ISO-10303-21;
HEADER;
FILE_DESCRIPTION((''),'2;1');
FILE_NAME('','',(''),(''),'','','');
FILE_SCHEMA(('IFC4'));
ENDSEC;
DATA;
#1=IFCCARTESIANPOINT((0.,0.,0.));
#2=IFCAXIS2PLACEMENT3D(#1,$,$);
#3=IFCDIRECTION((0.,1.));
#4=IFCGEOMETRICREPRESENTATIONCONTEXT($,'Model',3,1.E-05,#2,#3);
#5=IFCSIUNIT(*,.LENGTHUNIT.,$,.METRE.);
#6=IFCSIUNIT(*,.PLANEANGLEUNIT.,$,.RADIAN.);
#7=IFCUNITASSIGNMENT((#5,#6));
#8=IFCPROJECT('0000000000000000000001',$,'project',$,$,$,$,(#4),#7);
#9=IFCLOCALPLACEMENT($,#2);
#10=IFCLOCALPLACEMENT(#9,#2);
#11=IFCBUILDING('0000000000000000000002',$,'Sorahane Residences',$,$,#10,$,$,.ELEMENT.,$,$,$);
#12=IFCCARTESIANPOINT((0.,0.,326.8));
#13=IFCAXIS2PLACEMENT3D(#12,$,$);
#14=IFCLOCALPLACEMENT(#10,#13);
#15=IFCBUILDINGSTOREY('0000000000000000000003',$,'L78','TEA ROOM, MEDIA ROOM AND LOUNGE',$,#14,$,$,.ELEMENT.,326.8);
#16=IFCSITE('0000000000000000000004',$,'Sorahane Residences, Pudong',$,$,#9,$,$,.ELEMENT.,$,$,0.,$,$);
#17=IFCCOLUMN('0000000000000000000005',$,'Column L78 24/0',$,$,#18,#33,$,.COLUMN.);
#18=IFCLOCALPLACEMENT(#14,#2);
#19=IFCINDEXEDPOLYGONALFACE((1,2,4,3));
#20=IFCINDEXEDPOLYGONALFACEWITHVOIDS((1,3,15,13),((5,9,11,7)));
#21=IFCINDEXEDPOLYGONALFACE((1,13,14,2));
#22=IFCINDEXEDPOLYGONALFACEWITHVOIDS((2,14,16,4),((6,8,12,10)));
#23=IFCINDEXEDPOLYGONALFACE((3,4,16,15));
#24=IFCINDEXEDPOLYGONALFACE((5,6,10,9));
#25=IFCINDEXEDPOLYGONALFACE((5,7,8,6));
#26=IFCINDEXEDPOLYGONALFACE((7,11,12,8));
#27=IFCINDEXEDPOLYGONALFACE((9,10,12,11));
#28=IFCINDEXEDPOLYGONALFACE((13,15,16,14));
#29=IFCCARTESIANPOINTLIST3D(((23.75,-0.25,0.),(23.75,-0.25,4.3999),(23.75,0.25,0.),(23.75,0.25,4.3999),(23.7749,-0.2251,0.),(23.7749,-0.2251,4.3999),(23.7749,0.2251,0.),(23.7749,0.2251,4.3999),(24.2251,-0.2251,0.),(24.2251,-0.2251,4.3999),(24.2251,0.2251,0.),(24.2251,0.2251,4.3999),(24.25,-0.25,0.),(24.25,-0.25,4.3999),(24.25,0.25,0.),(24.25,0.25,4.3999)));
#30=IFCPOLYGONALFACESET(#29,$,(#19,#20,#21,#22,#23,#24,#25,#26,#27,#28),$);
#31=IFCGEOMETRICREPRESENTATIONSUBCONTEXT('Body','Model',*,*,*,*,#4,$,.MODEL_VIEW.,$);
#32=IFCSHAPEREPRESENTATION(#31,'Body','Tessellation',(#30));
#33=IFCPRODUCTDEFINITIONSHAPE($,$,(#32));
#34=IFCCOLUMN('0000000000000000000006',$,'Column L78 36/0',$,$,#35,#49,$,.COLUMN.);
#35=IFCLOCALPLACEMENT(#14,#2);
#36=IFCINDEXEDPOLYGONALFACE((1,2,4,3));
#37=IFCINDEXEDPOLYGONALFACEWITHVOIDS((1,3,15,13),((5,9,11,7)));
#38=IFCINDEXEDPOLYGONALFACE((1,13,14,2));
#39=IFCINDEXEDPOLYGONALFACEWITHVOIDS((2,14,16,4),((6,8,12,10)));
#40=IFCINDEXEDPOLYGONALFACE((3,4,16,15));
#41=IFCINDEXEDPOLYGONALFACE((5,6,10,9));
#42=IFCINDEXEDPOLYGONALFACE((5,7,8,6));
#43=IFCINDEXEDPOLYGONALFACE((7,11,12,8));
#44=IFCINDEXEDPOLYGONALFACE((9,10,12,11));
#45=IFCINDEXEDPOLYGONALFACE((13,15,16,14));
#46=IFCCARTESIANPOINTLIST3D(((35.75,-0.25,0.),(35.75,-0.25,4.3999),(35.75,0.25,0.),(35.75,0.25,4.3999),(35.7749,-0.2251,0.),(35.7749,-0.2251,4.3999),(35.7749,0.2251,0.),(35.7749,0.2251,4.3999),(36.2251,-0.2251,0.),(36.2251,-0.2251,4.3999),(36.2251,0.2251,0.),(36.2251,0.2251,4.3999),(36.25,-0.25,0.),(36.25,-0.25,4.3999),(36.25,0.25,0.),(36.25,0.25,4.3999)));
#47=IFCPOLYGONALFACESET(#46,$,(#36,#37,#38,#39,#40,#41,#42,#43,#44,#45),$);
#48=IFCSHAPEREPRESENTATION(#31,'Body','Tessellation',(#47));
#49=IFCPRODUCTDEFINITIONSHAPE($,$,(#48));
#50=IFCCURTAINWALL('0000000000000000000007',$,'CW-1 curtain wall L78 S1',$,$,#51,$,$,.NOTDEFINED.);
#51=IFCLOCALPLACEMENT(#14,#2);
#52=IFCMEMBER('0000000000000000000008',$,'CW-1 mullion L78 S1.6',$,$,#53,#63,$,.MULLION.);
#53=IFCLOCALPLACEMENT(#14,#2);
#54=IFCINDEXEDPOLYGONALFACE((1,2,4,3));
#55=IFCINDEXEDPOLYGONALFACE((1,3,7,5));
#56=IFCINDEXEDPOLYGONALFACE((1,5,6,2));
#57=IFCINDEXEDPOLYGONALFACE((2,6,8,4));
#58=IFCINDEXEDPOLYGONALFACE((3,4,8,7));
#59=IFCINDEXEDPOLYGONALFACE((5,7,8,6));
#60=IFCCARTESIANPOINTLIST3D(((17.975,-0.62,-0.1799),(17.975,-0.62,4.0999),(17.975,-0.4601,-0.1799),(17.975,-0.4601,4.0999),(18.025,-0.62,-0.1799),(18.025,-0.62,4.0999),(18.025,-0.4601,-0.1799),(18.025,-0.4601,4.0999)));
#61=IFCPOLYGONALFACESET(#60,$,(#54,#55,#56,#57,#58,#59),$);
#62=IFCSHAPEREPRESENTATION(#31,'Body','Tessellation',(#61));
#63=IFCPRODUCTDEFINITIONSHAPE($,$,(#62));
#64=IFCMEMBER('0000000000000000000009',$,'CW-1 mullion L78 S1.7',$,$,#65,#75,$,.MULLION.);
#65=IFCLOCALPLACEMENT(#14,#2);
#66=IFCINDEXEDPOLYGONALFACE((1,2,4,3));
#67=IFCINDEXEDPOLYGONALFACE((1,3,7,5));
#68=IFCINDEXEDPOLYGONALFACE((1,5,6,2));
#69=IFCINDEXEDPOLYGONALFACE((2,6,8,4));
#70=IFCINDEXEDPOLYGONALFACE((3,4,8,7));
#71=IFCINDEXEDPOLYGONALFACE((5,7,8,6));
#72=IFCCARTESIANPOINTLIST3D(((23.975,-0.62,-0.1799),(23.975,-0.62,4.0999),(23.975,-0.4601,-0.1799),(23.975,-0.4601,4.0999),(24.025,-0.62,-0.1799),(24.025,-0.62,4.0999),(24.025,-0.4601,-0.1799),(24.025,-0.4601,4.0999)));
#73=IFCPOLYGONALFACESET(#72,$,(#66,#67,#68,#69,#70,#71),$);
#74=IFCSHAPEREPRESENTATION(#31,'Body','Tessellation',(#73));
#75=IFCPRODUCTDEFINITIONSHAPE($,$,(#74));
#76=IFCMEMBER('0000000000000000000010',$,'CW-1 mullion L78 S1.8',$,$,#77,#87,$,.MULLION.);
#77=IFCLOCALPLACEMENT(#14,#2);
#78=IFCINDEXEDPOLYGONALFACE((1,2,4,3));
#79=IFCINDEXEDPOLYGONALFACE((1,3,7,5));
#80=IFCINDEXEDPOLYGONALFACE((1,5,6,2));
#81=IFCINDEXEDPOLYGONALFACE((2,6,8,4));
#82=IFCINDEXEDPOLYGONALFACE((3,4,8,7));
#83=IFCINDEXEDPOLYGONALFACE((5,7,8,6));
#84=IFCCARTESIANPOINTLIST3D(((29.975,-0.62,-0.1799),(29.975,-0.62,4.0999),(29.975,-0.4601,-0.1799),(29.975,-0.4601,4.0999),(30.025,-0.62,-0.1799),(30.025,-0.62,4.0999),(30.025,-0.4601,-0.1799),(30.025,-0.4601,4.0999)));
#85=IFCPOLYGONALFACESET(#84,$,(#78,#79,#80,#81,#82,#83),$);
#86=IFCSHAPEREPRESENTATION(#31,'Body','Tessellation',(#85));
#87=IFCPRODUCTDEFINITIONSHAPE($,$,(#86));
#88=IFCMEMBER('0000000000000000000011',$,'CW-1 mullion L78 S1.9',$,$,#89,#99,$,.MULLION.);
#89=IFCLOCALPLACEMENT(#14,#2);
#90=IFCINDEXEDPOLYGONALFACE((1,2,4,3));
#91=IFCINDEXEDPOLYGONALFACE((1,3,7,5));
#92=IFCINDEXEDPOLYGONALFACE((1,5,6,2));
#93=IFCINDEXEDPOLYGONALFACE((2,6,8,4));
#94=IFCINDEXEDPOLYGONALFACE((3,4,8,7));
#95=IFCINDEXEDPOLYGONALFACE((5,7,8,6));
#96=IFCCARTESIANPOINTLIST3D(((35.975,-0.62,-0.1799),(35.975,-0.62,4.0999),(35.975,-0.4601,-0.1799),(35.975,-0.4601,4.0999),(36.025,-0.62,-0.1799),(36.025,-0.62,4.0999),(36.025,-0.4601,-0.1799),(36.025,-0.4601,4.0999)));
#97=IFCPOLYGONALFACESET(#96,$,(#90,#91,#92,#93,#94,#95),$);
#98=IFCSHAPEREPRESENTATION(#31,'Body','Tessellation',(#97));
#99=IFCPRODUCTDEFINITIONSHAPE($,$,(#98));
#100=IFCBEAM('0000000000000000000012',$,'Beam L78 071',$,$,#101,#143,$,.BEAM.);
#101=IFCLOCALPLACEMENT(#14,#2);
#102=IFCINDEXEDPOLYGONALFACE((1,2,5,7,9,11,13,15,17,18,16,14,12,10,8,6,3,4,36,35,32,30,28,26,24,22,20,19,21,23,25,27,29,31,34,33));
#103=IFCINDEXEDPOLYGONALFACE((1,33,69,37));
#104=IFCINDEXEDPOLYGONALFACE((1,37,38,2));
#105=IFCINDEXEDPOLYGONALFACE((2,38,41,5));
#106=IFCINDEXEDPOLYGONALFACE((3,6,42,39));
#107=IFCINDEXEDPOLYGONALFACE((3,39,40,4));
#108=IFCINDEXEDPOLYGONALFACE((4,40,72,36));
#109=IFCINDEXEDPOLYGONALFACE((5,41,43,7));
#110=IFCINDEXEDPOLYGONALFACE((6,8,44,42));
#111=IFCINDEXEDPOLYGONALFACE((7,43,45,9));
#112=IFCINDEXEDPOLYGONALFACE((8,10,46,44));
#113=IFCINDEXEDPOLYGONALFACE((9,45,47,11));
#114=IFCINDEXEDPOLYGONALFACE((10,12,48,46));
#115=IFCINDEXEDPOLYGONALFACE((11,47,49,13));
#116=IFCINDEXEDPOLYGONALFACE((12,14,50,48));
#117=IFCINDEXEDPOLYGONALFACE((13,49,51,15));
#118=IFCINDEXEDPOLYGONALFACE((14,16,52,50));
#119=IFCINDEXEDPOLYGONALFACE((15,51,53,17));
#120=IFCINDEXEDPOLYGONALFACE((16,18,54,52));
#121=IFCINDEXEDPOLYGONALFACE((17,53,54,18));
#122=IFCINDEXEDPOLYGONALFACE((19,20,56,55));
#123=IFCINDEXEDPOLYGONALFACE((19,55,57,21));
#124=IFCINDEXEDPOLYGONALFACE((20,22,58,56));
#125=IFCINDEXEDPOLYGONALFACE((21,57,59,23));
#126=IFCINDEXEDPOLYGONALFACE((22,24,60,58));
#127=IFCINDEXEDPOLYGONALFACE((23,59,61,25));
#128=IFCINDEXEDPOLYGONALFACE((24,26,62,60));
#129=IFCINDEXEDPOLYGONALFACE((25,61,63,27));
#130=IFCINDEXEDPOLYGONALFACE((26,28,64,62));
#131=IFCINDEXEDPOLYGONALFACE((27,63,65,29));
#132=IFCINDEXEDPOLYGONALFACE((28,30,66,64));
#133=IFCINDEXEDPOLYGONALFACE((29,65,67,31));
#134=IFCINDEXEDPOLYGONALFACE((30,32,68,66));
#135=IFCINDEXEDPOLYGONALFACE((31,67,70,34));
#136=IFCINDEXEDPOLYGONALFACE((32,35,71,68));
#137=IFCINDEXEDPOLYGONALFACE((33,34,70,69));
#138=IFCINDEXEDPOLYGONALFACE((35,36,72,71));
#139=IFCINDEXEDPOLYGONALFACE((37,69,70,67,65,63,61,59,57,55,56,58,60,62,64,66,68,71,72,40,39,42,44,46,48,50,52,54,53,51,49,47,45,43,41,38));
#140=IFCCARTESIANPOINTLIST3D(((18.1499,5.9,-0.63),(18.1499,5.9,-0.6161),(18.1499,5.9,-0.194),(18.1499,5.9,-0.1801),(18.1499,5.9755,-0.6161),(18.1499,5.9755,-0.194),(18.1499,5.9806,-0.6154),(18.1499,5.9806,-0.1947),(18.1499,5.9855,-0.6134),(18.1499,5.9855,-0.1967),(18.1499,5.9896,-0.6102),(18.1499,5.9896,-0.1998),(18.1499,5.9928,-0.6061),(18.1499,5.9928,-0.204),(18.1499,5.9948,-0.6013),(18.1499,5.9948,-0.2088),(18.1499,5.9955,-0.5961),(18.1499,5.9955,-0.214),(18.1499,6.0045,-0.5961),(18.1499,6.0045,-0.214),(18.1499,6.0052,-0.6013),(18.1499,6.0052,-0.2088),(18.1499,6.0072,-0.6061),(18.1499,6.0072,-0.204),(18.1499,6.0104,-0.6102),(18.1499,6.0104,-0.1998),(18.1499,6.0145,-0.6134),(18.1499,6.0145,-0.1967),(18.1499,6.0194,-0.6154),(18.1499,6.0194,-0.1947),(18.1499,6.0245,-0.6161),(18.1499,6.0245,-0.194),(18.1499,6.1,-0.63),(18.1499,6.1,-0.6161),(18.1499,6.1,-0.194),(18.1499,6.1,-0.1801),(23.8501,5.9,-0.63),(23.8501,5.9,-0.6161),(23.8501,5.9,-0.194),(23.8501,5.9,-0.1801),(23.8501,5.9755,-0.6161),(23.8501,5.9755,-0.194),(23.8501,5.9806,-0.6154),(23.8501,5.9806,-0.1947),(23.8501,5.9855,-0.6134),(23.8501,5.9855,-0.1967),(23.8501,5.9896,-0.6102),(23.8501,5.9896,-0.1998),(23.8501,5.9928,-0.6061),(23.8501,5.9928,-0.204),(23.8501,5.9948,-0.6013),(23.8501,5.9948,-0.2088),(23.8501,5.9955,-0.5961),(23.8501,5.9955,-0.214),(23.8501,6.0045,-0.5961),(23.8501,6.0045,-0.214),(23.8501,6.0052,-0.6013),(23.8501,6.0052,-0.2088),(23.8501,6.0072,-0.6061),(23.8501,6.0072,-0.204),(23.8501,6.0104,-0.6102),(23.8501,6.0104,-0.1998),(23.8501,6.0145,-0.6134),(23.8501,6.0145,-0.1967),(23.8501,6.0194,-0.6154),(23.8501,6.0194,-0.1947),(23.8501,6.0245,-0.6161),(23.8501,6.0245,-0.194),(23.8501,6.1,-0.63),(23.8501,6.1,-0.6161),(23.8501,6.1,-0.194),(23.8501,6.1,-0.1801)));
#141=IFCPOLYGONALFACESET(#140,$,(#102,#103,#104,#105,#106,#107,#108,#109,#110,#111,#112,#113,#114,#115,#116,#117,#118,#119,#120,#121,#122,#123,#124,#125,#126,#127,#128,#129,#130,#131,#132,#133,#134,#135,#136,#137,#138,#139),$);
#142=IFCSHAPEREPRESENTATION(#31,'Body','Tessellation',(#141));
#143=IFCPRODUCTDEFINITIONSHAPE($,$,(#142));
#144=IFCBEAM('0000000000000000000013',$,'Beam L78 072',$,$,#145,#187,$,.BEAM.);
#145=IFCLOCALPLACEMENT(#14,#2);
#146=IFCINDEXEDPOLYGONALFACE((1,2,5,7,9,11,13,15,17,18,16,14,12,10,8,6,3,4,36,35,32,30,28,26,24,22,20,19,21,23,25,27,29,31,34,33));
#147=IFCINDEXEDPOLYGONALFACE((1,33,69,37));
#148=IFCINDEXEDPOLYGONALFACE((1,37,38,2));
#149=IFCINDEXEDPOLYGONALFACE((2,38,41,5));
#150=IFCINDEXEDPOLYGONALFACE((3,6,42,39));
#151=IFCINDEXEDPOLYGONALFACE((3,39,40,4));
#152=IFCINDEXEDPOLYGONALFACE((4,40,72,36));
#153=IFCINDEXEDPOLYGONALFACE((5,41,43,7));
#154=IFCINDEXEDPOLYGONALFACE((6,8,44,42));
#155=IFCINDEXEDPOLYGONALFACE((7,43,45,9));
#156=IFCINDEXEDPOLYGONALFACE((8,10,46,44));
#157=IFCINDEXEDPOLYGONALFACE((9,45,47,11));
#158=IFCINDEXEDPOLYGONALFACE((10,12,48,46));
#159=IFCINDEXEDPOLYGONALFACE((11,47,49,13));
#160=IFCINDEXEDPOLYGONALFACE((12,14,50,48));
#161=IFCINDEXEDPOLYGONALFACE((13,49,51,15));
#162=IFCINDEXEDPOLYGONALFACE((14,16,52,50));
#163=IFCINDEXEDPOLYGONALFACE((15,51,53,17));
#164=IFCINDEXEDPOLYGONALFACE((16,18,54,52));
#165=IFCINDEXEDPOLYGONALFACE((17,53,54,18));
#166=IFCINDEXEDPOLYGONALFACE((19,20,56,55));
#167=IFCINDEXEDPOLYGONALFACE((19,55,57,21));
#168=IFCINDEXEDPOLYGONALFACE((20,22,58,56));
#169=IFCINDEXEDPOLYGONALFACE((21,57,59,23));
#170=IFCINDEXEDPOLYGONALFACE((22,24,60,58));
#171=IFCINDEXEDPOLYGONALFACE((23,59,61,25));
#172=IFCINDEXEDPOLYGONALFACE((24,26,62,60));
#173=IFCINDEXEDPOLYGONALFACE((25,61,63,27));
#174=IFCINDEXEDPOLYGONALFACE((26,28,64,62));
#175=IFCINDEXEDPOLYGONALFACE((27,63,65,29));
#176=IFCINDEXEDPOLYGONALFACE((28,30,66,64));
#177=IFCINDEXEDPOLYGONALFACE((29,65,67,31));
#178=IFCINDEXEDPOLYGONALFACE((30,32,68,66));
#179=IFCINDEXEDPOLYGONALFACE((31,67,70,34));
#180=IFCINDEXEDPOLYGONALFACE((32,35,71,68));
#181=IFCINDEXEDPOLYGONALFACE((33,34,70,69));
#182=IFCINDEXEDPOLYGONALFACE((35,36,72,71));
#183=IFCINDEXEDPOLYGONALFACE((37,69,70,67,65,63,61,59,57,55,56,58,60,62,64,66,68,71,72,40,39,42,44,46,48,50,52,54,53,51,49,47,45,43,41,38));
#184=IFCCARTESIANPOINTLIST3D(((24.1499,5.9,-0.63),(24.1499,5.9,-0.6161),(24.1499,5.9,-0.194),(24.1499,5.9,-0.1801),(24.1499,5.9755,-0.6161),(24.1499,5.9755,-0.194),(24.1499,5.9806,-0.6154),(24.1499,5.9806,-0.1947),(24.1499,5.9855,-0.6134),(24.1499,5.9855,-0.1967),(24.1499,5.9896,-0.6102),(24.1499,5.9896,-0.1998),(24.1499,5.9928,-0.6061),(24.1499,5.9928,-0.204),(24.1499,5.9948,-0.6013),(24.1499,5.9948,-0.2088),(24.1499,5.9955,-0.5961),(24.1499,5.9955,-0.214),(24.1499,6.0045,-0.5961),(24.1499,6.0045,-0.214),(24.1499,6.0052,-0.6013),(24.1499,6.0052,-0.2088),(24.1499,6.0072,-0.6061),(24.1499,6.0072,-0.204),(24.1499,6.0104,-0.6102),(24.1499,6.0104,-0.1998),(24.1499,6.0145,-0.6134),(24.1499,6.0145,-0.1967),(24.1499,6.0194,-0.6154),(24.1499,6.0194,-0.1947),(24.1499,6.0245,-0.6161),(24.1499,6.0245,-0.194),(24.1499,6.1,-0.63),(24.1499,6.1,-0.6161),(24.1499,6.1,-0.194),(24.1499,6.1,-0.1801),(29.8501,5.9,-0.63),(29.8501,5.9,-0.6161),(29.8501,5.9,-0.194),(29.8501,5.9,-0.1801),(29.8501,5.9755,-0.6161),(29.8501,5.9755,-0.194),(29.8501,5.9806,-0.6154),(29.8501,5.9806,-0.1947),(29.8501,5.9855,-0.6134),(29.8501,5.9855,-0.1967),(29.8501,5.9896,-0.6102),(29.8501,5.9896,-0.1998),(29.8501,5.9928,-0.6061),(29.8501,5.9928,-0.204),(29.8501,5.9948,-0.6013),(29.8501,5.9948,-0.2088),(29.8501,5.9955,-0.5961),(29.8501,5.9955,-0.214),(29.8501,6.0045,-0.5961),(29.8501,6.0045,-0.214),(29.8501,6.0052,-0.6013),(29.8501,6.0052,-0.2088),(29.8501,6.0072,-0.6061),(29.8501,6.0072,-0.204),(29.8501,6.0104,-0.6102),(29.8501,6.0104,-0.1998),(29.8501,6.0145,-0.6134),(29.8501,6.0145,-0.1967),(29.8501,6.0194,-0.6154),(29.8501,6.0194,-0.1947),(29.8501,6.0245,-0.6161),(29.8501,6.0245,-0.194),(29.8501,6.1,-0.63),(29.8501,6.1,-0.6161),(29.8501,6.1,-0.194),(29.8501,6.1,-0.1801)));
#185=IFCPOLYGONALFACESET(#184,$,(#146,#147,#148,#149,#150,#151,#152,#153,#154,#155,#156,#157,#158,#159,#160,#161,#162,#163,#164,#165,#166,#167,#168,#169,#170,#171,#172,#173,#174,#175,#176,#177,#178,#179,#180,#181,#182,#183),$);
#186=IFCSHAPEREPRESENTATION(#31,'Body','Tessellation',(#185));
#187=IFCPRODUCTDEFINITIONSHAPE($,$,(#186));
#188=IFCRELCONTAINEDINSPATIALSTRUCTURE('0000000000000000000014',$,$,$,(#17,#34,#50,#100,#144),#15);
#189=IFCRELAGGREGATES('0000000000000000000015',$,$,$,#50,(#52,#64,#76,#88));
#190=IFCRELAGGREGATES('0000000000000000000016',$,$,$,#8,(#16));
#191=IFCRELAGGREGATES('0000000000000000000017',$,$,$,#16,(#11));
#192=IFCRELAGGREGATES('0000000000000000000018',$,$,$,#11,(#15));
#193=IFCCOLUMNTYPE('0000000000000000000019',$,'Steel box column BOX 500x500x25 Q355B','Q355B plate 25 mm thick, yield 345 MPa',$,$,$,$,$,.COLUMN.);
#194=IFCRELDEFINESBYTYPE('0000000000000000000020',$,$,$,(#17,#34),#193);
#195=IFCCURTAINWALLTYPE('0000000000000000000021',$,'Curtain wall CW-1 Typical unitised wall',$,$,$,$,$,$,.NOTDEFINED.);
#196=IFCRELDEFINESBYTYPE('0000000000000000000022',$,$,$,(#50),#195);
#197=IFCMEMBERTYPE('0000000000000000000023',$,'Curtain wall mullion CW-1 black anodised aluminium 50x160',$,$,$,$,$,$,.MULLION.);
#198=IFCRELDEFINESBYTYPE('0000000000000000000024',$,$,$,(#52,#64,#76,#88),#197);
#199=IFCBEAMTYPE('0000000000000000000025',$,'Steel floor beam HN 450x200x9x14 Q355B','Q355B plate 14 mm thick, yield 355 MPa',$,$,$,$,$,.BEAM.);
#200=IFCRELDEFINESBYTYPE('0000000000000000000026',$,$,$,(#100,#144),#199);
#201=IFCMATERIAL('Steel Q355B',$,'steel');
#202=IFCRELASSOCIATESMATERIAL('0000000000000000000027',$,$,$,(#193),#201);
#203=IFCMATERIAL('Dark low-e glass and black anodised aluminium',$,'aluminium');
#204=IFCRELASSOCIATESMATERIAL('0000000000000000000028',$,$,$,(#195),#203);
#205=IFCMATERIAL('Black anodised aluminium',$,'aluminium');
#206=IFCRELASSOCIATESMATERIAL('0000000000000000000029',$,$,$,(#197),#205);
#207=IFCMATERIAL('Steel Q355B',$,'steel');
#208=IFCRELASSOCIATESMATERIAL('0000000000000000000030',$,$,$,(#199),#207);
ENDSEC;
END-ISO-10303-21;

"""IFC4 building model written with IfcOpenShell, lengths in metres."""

from ifc_helpers import new_model, si_unit, direction, frame, origin, origin_2d, place, context, subcontext, project, spatial, rectangle, hollow_rectangle, i_section, extrude, material, material_profile, profile_set, type_object, element, aggregate, save


model = new_model("IFC4")

# Units and contexts
model_context = context("Model", 3, precision=1e-05, world=origin(), true_north=direction((0.0, 1.0)))
body_context = subcontext(model_context, "Body", "Model", "MODEL_VIEW")
ifc_project = project(units=[si_unit("LENGTHUNIT", "METRE"), si_unit("PLANEANGLEUNIT", "RADIAN")], contexts=[model_context])

# Site, building, storey
site_placement = place(None, origin())
site = spatial("IfcSite", under=ifc_project, at=site_placement, Name="Sorahane Residences, Pudong", CompositionType="ELEMENT", RefElevation=0.0)
building_placement = place(site_placement, origin())
building = spatial("IfcBuilding", under=site, at=building_placement, Name="Sorahane Residences", CompositionType="ELEMENT")
storey_placement = place(building_placement, frame((0.0, 0.0, 326.8)))
storey = spatial("IfcBuildingStorey", under=building, at=storey_placement, Name="L78", Description="TEA ROOM, MEDIA ROOM AND LOUNGE", CompositionType="ELEMENT", Elevation=326.8)

# Columns
ifc_material_1 = material(Name="Steel Q355B", Category="steel")
ifc_material_profile_1 = material_profile(ifc_material_1, hollow_rectangle(XDim=0.5, YDim=0.5, WallThickness=0.0249, at=origin_2d()), Name="BOX 500x500x25")
ifc_profile_set_1 = profile_set([ifc_material_profile_1], Name="Steel Q355B")
column_type = type_object("IfcColumnType", Name="Steel box column BOX 500x500x25 Q355B", Description="Q355B plate 25 mm thick, yield 345 MPa", PredefinedType="COLUMN", material=ifc_profile_set_1)
for number, where, z_axis, x_axis, name in (
    (1, (24.0, 0.0, 0.0), (0.0, 0.0, 1.0), (1.0, 0.0, 0.0), "Column L78 24/0"),
    (2, (36.0, 0.0, 0.0), (0.0, 0.0, 1.0), (1.0, 0.0, 0.0), "Column L78 36/0"),
):
    element("IfcColumn", number, at=place(storey_placement, frame(where, z_axis=z_axis, x_axis=x_axis)), inside=storey, type_object=column_type, Name=name, PredefinedType="COLUMN", context=body_context, shape_type="SweptSolid", body=[
        extrude(hollow_rectangle(XDim=0.5, YDim=0.5, WallThickness=0.0249, at=origin_2d()), origin(), (0.0, 0.0, 1.0), 4.3999),
    ])

# Curtain wall, members
ifc_material_2 = material(Name="Dark low-e glass and black anodised aluminium", Category="aluminium")
curtain_wall_type = type_object("IfcCurtainWallType", Name="Curtain wall CW-1 Typical unitised wall", PredefinedType="NOTDEFINED", material=ifc_material_2)
curtain_wall_placement = place(storey_placement, origin())
curtain_wall = element("IfcCurtainWall", 3, at=curtain_wall_placement, inside=storey, type_object=curtain_wall_type, Name="CW-1 curtain wall L78 S1", PredefinedType="NOTDEFINED")
ifc_material_3 = material(Name="Black anodised aluminium", Category="aluminium")
ifc_material_profile_2 = material_profile(ifc_material_3, rectangle(XDim=0.1599, YDim=0.05, at=origin_2d()), Name="Curtain wall mullion CW-1 black anodised aluminium 50x160")
ifc_profile_set_2 = profile_set([ifc_material_profile_2], Name="Black anodised aluminium")
member_type = type_object("IfcMemberType", Name="Curtain wall mullion CW-1 black anodised aluminium 50x160", PredefinedType="MULLION", material=ifc_profile_set_2)
member_1_placement = place(storey_placement, frame((18.0, -0.54, -0.1799), z_axis=(0.0, 0.0, 1.0), x_axis=(0.0, -1.0, 0.0)))
member_1 = element("IfcMember", 4, at=member_1_placement, type_object=member_type, Name="CW-1 mullion L78 S1.6", PredefinedType="MULLION", context=body_context, shape_type="SweptSolid", body=[
    extrude(rectangle(XDim=0.1599, YDim=0.05, at=origin_2d()), origin(), (0.0, 0.0, 1.0), 4.2798),
])
member_2_placement = place(storey_placement, frame((24.0, -0.54, -0.1799), z_axis=(0.0, 0.0, 1.0), x_axis=(0.0, -1.0, 0.0)))
member_2 = element("IfcMember", 5, at=member_2_placement, type_object=member_type, Name="CW-1 mullion L78 S1.7", PredefinedType="MULLION", context=body_context, shape_type="SweptSolid", body=[
    extrude(rectangle(XDim=0.1599, YDim=0.05, at=origin_2d()), origin(), (0.0, 0.0, 1.0), 4.2798),
])
member_3_placement = place(storey_placement, frame((30.0, -0.54, -0.1799), z_axis=(0.0, 0.0, 1.0), x_axis=(0.0, -1.0, 0.0)))
member_3 = element("IfcMember", 6, at=member_3_placement, type_object=member_type, Name="CW-1 mullion L78 S1.8", PredefinedType="MULLION", context=body_context, shape_type="SweptSolid", body=[
    extrude(rectangle(XDim=0.1599, YDim=0.05, at=origin_2d()), origin(), (0.0, 0.0, 1.0), 4.2798),
])
member_4_placement = place(storey_placement, frame((36.0, -0.54, -0.1799), z_axis=(0.0, 0.0, 1.0), x_axis=(0.0, -1.0, 0.0)))
member_4 = element("IfcMember", 7, at=member_4_placement, type_object=member_type, Name="CW-1 mullion L78 S1.9", PredefinedType="MULLION", context=body_context, shape_type="SweptSolid", body=[
    extrude(rectangle(XDim=0.1599, YDim=0.05, at=origin_2d()), origin(), (0.0, 0.0, 1.0), 4.2798),
])

# Beams
ifc_material_4 = material(Name="Steel Q355B", Category="steel")
ifc_material_profile_3 = material_profile(ifc_material_4, i_section(OverallWidth=0.2, OverallDepth=0.45, WebThickness=0.009, FlangeThickness=0.0139, FilletRadius=0.02, at=origin_2d()), Name="HN 450x200x9x14")
ifc_profile_set_3 = profile_set([ifc_material_profile_3], Name="Steel Q355B")
beam_type_1 = type_object("IfcBeamType", Name="Steel floor beam HN 450x200x9x14 Q355B", Description="Q355B plate 14 mm thick, yield 355 MPa", PredefinedType="BEAM", material=ifc_profile_set_3)
for number, where, z_axis, x_axis, name in (
    (8, (18.1499, 6.0, -0.405), (1.0, 0.0, 0.0), (0.0, 1.0, 0.0), "Beam L78 071"),
    (9, (24.1499, 6.0, -0.405), (1.0, 0.0, 0.0), (0.0, 1.0, 0.0), "Beam L78 072"),
):
    element("IfcBeam", number, at=place(storey_placement, frame(where, z_axis=z_axis, x_axis=x_axis)), inside=storey, type_object=beam_type_1, Name=name, PredefinedType="BEAM", context=body_context, shape_type="SweptSolid", body=[
        extrude(i_section(OverallWidth=0.2, OverallDepth=0.45, WebThickness=0.009, FlangeThickness=0.0139, FilletRadius=0.02, at=origin_2d()), origin(), (0.0, 0.0, 1.0), 5.7002),
    ])

aggregate(curtain_wall, [member_1, member_2, member_3, member_4])

save(model, "model.ifc")
